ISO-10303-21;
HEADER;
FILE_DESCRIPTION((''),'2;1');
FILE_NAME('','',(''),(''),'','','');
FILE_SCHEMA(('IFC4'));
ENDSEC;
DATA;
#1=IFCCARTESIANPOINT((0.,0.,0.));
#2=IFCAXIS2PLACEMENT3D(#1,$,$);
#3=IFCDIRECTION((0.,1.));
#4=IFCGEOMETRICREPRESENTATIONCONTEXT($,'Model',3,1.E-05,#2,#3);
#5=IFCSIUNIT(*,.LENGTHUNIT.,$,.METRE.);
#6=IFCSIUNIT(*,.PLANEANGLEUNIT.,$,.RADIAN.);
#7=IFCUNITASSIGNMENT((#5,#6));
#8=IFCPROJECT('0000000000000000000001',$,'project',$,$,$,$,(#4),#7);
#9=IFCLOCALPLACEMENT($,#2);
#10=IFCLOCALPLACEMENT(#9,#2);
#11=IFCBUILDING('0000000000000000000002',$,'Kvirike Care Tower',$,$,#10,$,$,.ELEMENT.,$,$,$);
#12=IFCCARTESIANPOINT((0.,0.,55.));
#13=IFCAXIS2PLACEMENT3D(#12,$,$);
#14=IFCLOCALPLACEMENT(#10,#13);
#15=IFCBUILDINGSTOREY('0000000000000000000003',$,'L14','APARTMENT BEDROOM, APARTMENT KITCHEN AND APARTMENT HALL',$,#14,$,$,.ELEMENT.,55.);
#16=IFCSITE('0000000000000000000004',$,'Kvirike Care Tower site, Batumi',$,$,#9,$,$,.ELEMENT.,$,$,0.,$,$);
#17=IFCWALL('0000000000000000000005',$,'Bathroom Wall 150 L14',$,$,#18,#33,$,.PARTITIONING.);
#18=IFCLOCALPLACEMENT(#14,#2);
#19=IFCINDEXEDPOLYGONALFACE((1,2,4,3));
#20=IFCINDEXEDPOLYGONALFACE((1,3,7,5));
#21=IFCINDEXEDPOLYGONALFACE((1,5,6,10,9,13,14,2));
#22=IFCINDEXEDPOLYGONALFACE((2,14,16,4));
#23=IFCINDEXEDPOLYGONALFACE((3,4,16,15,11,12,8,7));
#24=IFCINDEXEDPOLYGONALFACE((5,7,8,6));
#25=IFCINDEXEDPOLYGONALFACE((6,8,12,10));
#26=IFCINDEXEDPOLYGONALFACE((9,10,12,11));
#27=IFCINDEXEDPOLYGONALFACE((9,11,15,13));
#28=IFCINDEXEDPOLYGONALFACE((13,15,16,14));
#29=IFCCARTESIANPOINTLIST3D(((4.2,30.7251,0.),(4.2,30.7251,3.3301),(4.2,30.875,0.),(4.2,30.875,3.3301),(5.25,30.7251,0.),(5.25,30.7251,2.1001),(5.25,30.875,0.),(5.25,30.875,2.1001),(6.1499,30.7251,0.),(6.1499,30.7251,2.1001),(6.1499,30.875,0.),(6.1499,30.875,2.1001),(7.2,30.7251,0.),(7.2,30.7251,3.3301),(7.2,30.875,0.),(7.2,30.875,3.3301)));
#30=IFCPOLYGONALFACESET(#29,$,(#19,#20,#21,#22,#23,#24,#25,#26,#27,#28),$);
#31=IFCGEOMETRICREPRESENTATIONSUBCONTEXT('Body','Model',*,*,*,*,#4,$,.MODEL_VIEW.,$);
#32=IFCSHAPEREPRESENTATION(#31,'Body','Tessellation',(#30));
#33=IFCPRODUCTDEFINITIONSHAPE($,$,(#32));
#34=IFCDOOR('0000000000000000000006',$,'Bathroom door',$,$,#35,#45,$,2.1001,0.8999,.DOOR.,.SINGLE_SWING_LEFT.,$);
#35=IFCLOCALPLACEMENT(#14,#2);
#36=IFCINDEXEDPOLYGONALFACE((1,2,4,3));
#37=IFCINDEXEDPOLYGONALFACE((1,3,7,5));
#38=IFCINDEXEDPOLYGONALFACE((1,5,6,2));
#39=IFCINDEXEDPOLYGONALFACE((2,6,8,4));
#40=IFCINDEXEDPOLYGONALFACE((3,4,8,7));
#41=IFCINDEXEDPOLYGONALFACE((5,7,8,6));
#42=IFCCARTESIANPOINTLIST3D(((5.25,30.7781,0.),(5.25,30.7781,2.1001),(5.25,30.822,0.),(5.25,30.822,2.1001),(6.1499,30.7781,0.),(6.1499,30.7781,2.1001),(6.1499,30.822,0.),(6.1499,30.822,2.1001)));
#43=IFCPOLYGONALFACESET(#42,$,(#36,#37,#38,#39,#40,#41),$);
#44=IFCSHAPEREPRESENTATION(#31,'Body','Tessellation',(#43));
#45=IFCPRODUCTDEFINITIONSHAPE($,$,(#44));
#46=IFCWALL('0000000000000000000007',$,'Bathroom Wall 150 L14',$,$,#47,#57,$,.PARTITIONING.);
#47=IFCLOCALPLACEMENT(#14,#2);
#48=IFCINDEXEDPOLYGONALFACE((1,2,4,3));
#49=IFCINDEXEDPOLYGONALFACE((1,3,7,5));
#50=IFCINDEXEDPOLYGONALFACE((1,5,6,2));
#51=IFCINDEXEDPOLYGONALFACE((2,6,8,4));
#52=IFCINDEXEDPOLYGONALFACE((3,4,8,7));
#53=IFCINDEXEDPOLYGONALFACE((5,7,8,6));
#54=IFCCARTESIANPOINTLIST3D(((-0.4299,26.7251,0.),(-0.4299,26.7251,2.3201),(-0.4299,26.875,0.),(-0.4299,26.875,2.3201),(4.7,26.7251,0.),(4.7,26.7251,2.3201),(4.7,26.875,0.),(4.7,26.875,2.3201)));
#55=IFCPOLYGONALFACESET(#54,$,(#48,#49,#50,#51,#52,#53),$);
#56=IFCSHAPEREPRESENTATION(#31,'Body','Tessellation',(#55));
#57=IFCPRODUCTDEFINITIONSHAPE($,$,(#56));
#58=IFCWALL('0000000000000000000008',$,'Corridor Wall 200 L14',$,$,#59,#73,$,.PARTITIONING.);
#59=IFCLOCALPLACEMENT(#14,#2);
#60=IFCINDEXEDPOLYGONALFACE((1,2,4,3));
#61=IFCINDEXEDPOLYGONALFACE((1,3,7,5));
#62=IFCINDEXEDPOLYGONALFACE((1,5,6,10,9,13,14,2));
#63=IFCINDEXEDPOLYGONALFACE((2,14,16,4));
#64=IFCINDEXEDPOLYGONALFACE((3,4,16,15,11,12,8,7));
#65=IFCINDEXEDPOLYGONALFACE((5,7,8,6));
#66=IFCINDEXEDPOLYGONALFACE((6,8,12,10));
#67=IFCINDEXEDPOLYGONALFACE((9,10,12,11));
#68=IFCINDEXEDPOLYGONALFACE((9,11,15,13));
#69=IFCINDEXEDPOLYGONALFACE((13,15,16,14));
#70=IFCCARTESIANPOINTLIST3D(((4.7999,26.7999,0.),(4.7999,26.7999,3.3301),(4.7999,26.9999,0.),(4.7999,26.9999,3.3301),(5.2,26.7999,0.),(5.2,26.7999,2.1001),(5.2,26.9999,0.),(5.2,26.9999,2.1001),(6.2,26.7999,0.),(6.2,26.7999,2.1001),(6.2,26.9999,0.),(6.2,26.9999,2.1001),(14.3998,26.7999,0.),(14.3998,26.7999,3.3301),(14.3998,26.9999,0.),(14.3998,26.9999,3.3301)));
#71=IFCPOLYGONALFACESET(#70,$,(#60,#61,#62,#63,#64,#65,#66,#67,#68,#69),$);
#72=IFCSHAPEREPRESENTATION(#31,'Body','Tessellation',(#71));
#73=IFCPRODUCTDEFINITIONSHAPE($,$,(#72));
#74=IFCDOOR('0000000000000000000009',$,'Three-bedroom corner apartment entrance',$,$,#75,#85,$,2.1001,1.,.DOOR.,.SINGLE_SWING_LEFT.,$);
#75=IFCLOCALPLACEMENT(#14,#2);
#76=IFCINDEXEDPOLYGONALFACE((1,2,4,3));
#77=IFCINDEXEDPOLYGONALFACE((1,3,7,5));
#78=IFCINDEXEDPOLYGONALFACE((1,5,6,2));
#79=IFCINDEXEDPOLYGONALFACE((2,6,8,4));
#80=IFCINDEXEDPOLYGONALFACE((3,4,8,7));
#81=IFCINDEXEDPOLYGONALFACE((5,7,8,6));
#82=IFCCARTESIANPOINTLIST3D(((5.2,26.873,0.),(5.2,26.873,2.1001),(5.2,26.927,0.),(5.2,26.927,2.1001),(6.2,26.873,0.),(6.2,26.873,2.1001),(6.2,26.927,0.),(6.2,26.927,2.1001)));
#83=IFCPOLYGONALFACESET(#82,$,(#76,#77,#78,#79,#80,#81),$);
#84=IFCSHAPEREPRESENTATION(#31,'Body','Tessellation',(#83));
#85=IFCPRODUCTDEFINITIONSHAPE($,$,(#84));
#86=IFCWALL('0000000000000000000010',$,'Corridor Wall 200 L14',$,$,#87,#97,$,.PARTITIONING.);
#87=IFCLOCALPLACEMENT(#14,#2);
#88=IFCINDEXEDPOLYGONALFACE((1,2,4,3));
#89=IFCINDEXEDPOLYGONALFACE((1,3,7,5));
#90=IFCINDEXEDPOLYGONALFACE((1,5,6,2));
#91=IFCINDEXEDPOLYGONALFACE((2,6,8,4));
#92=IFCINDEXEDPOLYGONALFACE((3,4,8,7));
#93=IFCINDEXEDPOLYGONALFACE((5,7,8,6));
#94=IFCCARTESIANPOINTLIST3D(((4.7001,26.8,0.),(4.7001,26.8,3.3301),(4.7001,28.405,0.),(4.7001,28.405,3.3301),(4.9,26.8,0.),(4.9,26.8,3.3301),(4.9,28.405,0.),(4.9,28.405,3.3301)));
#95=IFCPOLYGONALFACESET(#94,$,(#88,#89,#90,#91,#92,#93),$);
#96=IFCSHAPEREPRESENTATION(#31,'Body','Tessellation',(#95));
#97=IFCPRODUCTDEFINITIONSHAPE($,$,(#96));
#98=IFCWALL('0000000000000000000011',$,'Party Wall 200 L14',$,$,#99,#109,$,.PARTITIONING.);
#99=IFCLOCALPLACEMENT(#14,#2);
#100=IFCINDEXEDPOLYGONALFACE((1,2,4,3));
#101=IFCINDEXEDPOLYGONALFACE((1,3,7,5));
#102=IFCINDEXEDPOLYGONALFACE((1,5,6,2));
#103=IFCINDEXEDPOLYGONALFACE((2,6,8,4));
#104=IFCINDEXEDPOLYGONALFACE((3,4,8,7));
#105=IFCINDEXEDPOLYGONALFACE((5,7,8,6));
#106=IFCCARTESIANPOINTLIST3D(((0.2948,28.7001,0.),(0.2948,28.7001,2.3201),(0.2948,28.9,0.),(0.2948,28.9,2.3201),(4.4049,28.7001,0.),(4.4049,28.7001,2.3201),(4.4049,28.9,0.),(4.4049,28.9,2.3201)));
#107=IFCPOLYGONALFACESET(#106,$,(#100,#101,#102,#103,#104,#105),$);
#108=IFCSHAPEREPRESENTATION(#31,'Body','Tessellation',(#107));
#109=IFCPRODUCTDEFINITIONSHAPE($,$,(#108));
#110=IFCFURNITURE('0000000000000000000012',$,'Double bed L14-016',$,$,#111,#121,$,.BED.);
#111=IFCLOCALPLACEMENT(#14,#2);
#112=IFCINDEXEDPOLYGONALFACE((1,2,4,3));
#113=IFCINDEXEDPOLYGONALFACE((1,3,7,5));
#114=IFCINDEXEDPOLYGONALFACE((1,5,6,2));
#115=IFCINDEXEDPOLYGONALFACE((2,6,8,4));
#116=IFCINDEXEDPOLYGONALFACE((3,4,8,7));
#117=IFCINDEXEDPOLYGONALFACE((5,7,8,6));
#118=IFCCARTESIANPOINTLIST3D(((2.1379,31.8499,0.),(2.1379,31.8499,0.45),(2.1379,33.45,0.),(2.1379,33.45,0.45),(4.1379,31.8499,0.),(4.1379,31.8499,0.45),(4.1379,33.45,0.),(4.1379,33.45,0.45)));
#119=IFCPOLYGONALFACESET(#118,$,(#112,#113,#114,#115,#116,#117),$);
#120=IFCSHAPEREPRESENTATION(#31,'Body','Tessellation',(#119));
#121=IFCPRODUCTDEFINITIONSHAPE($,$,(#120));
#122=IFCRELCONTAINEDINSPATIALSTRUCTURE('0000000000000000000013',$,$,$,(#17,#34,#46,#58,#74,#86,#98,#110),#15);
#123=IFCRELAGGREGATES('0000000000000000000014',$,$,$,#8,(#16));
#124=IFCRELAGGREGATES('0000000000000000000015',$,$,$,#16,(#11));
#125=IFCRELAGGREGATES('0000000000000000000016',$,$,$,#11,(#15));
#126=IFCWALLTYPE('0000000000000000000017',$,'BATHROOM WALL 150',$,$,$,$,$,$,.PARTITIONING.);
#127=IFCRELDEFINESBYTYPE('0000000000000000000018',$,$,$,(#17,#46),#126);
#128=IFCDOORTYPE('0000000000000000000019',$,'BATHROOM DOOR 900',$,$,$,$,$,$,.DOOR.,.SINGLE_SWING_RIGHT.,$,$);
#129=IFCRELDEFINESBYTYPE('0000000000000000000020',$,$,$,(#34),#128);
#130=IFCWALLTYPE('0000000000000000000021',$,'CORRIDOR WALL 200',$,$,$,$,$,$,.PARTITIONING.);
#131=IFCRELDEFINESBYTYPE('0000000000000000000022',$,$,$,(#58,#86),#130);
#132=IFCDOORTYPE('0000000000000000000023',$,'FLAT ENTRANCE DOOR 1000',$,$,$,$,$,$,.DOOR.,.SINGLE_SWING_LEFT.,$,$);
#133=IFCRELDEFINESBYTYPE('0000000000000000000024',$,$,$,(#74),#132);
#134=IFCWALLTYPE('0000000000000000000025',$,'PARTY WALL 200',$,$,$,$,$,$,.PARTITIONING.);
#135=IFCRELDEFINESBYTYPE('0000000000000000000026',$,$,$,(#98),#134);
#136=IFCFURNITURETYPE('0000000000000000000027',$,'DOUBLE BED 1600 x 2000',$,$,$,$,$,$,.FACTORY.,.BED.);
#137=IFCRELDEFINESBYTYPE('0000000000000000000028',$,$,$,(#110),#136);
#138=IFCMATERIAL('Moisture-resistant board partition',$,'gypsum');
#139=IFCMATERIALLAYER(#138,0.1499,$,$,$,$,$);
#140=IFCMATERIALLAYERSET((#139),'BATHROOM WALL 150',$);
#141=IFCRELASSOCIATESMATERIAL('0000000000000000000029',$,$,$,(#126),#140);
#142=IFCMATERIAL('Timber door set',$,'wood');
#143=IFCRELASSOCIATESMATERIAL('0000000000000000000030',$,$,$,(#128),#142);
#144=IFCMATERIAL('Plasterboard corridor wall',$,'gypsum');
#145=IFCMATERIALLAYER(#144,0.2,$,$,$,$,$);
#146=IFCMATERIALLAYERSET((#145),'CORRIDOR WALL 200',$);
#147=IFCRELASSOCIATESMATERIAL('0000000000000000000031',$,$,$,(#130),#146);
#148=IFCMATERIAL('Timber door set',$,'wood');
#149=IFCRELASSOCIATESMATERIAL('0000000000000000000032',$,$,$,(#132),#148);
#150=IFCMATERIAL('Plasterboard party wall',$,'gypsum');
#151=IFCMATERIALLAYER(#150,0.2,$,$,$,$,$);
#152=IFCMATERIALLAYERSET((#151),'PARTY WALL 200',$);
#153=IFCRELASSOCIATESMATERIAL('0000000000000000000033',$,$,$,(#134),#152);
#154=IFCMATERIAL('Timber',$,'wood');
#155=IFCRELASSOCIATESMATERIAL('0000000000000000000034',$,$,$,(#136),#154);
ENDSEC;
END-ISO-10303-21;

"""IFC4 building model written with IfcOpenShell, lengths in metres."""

from ifc_helpers import new_model, si_unit, direction, frame, frame_2d, origin, origin_2d, place, context, subcontext, project, spatial, rectangle, extrude, material, layer, layer_set, type_object, element, fill, save


model = new_model("IFC4")

# Units and contexts
model_context = context("Model", 3, precision=1e-05, world=origin(), true_north=direction((0.0, 1.0)))
body_context = subcontext(model_context, "Body", "Model", "MODEL_VIEW")
ifc_project = project(units=[si_unit("LENGTHUNIT", "METRE"), si_unit("PLANEANGLEUNIT", "RADIAN")], contexts=[model_context])

# Site, building, storey
site_placement = place(None, origin())
site = spatial("IfcSite", under=ifc_project, at=site_placement, Name="Kvirike Care Tower site, Batumi", CompositionType="ELEMENT", RefElevation=0.0)
building_placement = place(site_placement, origin())
building = spatial("IfcBuilding", under=site, at=building_placement, Name="Kvirike Care Tower", CompositionType="ELEMENT")
storey_placement = place(building_placement, frame((0.0, 0.0, 55.0)))
storey = spatial("IfcBuildingStorey", under=building, at=storey_placement, Name="L14", Description="APARTMENT BEDROOM, APARTMENT KITCHEN AND APARTMENT HALL", CompositionType="ELEMENT", Elevation=55.0)

# Wall, opening, door
ifc_material_1 = material(Name="Moisture-resistant board partition", Category="gypsum")
ifc_layer_1 = layer(ifc_material_1, 0.1499)
ifc_layer_set_1 = layer_set([ifc_layer_1], Name="BATHROOM WALL 150")
wall_type_1 = type_object("IfcWallType", Name="BATHROOM WALL 150", PredefinedType="PARTITIONING", material=ifc_layer_set_1)
wall_1_placement = place(storey_placement, frame((4.2, 30.8, 0.0), z_axis=(0.0, 0.0, 1.0), x_axis=(1.0, 0.0, 0.0)))
wall_1 = element("IfcWall", 1, at=wall_1_placement, inside=storey, type_object=wall_type_1, Name="Bathroom Wall 150 L14", PredefinedType="PARTITIONING", context=body_context, shape_type="SweptSolid", body=[
    extrude(rectangle(XDim=3.0, YDim=0.1499, at=frame_2d((1.5, 0.0))), origin(), (0.0, 0.0, 1.0), 3.3301),
])
opening_1_placement = place(wall_1_placement, frame((1.05, 0.0, 0.0)))
opening_1 = element("IfcOpeningElement", 2, at=opening_1_placement, cuts=wall_1, PredefinedType="OPENING", context=body_context, shape_type="SweptSolid", body=[
    extrude(rectangle(XDim=0.8999, YDim=2.1001, at=frame_2d((0.45, 1.05))), frame((0.0, 0.0854, 0.0), z_axis=(0.0, -1.0, 0.0), x_axis=(1.0, 0.0, 0.0)), (0.0, 0.0, 1.0), 0.1709),
])
ifc_material_2 = material(Name="Timber door set", Category="wood")
door_type_1 = type_object("IfcDoorType", Name="BATHROOM DOOR 900", OperationType="SINGLE_SWING_RIGHT", PredefinedType="DOOR", material=ifc_material_2)
door_1_placement = place(opening_1_placement, origin())
door_1 = element("IfcDoor", 3, at=door_1_placement, inside=storey, type_object=door_type_1, Name="Bathroom door", OperationType="SINGLE_SWING_LEFT", OverallHeight=2.1001, OverallWidth=0.8999, PredefinedType="DOOR", context=body_context, shape_type="SweptSolid", body=[
    extrude(rectangle(XDim=0.8999, YDim=2.1001, at=frame_2d((0.45, 1.05))), frame((0.0, 0.022, 0.0), z_axis=(0.0, -1.0, 0.0), x_axis=(1.0, 0.0, 0.0)), (0.0, 0.0, 1.0), 0.0439),
])
fill(opening_1, door_1)

# Wall
wall_2_placement = place(storey_placement, frame((-0.4299, 26.8, 0.0), z_axis=(0.0, 0.0, 1.0), x_axis=(1.0, 0.0, 0.0)))
element("IfcWall", 4, at=wall_2_placement, inside=storey, type_object=wall_type_1, Name="Bathroom Wall 150 L14", PredefinedType="PARTITIONING", context=body_context, shape_type="SweptSolid", body=[
    extrude(rectangle(XDim=5.1299, YDim=0.1499, at=frame_2d((2.5649, 0.0))), origin(), (0.0, 0.0, 1.0), 2.3201),
])

# Wall, opening, door
ifc_material_3 = material(Name="Plasterboard corridor wall", Category="gypsum")
ifc_layer_2 = layer(ifc_material_3, 0.2)
ifc_layer_set_2 = layer_set([ifc_layer_2], Name="CORRIDOR WALL 200")
wall_type_2 = type_object("IfcWallType", Name="CORRIDOR WALL 200", PredefinedType="PARTITIONING", material=ifc_layer_set_2)
wall_3_placement = place(storey_placement, frame((4.8, 26.8999, 0.0), z_axis=(0.0, 0.0, 1.0), x_axis=(1.0, 0.0, 0.0)))
wall_3 = element("IfcWall", 5, at=wall_3_placement, inside=storey, type_object=wall_type_2, Name="Corridor Wall 200 L14", PredefinedType="PARTITIONING", context=body_context, shape_type="SweptSolid", body=[
    extrude(rectangle(XDim=9.5999, YDim=0.2, at=frame_2d((4.7998, 0.0))), origin(), (0.0, 0.0, 1.0), 3.3301),
])
opening_2_placement = place(wall_3_placement, frame((0.3999, 0.0, 0.0)))
opening_2 = element("IfcOpeningElement", 6, at=opening_2_placement, cuts=wall_3, PredefinedType="OPENING", context=body_context, shape_type="SweptSolid", body=[
    extrude(rectangle(XDim=1.0, YDim=2.1001, at=frame_2d((0.5, 1.05))), frame((0.0, 0.1106, 0.0), z_axis=(0.0, -1.0, 0.0), x_axis=(1.0, 0.0, 0.0)), (0.0, 0.0, 1.0), 0.2209),
])
ifc_material_4 = material(Name="Timber door set", Category="wood")
door_type_2 = type_object("IfcDoorType", Name="FLAT ENTRANCE DOOR 1000", OperationType="SINGLE_SWING_LEFT", PredefinedType="DOOR", material=ifc_material_4)
door_2_placement = place(opening_2_placement, frame((1.0, 0.0, 0.0), z_axis=(0.0, 0.0, 1.0), x_axis=(-1.0, 0.0, 0.0)))
door_2 = element("IfcDoor", 7, at=door_2_placement, inside=storey, type_object=door_type_2, Name="Three-bedroom corner apartment entrance", OperationType="SINGLE_SWING_LEFT", OverallHeight=2.1001, OverallWidth=1.0, PredefinedType="DOOR", context=body_context, shape_type="SweptSolid", body=[
    extrude(rectangle(XDim=1.0, YDim=2.1001, at=frame_2d((0.5, 1.05))), frame((0.0, 0.0269, 0.0), z_axis=(0.0, -1.0, 0.0), x_axis=(1.0, 0.0, 0.0)), (0.0, 0.0, 1.0), 0.054),
])
fill(opening_2, door_2)

# Walls
wall_4_placement = place(storey_placement, frame((4.8, 26.8, 0.0), z_axis=(0.0, 0.0, 1.0), x_axis=(0.0, 1.0, 0.0)))
element("IfcWall", 8, at=wall_4_placement, inside=storey, type_object=wall_type_2, Name="Corridor Wall 200 L14", PredefinedType="PARTITIONING", context=body_context, shape_type="SweptSolid", body=[
    extrude(rectangle(XDim=1.605, YDim=0.2, at=frame_2d((0.8025, 0.0))), origin(), (0.0, 0.0, 1.0), 3.3301),
])
ifc_material_5 = material(Name="Plasterboard party wall", Category="gypsum")
ifc_layer_3 = layer(ifc_material_5, 0.2)
ifc_layer_set_3 = layer_set([ifc_layer_3], Name="PARTY WALL 200")
wall_type_3 = type_object("IfcWallType", Name="PARTY WALL 200", PredefinedType="PARTITIONING", material=ifc_layer_set_3)
wall_5_placement = place(storey_placement, frame((4.405, 28.8, 0.0), z_axis=(0.0, 0.0, 1.0), x_axis=(-1.0, 0.0, 0.0)))
element("IfcWall", 9, at=wall_5_placement, inside=storey, type_object=wall_type_3, Name="Party Wall 200 L14", PredefinedType="PARTITIONING", context=body_context, shape_type="SweptSolid", body=[
    extrude(rectangle(XDim=4.1101, YDim=0.2, at=frame_2d((2.0552, 0.0))), origin(), (0.0, 0.0, 1.0), 2.3201),
])

# Furniture
ifc_material_6 = material(Name="Timber", Category="wood")
furniture_type = type_object("IfcFurnitureType", Name="DOUBLE BED 1600 x 2000", AssemblyPlace="FACTORY", PredefinedType="BED", material=ifc_material_6)
furniture_placement = place(storey_placement, frame((3.1379, 32.6499, 0.0), z_axis=(0.0, 0.0, 1.0), x_axis=(0.0, -1.0, 0.0)))
element("IfcFurniture", 10, at=furniture_placement, inside=storey, type_object=furniture_type, Name="Double bed L14-016", PredefinedType="BED", context=body_context, shape_type="SweptSolid", body=[
    extrude(rectangle(XDim=1.6001, YDim=2.0, at=origin_2d()), origin(), (0.0, 0.0, 1.0), 0.45),
])

save(model, "model.ifc")
